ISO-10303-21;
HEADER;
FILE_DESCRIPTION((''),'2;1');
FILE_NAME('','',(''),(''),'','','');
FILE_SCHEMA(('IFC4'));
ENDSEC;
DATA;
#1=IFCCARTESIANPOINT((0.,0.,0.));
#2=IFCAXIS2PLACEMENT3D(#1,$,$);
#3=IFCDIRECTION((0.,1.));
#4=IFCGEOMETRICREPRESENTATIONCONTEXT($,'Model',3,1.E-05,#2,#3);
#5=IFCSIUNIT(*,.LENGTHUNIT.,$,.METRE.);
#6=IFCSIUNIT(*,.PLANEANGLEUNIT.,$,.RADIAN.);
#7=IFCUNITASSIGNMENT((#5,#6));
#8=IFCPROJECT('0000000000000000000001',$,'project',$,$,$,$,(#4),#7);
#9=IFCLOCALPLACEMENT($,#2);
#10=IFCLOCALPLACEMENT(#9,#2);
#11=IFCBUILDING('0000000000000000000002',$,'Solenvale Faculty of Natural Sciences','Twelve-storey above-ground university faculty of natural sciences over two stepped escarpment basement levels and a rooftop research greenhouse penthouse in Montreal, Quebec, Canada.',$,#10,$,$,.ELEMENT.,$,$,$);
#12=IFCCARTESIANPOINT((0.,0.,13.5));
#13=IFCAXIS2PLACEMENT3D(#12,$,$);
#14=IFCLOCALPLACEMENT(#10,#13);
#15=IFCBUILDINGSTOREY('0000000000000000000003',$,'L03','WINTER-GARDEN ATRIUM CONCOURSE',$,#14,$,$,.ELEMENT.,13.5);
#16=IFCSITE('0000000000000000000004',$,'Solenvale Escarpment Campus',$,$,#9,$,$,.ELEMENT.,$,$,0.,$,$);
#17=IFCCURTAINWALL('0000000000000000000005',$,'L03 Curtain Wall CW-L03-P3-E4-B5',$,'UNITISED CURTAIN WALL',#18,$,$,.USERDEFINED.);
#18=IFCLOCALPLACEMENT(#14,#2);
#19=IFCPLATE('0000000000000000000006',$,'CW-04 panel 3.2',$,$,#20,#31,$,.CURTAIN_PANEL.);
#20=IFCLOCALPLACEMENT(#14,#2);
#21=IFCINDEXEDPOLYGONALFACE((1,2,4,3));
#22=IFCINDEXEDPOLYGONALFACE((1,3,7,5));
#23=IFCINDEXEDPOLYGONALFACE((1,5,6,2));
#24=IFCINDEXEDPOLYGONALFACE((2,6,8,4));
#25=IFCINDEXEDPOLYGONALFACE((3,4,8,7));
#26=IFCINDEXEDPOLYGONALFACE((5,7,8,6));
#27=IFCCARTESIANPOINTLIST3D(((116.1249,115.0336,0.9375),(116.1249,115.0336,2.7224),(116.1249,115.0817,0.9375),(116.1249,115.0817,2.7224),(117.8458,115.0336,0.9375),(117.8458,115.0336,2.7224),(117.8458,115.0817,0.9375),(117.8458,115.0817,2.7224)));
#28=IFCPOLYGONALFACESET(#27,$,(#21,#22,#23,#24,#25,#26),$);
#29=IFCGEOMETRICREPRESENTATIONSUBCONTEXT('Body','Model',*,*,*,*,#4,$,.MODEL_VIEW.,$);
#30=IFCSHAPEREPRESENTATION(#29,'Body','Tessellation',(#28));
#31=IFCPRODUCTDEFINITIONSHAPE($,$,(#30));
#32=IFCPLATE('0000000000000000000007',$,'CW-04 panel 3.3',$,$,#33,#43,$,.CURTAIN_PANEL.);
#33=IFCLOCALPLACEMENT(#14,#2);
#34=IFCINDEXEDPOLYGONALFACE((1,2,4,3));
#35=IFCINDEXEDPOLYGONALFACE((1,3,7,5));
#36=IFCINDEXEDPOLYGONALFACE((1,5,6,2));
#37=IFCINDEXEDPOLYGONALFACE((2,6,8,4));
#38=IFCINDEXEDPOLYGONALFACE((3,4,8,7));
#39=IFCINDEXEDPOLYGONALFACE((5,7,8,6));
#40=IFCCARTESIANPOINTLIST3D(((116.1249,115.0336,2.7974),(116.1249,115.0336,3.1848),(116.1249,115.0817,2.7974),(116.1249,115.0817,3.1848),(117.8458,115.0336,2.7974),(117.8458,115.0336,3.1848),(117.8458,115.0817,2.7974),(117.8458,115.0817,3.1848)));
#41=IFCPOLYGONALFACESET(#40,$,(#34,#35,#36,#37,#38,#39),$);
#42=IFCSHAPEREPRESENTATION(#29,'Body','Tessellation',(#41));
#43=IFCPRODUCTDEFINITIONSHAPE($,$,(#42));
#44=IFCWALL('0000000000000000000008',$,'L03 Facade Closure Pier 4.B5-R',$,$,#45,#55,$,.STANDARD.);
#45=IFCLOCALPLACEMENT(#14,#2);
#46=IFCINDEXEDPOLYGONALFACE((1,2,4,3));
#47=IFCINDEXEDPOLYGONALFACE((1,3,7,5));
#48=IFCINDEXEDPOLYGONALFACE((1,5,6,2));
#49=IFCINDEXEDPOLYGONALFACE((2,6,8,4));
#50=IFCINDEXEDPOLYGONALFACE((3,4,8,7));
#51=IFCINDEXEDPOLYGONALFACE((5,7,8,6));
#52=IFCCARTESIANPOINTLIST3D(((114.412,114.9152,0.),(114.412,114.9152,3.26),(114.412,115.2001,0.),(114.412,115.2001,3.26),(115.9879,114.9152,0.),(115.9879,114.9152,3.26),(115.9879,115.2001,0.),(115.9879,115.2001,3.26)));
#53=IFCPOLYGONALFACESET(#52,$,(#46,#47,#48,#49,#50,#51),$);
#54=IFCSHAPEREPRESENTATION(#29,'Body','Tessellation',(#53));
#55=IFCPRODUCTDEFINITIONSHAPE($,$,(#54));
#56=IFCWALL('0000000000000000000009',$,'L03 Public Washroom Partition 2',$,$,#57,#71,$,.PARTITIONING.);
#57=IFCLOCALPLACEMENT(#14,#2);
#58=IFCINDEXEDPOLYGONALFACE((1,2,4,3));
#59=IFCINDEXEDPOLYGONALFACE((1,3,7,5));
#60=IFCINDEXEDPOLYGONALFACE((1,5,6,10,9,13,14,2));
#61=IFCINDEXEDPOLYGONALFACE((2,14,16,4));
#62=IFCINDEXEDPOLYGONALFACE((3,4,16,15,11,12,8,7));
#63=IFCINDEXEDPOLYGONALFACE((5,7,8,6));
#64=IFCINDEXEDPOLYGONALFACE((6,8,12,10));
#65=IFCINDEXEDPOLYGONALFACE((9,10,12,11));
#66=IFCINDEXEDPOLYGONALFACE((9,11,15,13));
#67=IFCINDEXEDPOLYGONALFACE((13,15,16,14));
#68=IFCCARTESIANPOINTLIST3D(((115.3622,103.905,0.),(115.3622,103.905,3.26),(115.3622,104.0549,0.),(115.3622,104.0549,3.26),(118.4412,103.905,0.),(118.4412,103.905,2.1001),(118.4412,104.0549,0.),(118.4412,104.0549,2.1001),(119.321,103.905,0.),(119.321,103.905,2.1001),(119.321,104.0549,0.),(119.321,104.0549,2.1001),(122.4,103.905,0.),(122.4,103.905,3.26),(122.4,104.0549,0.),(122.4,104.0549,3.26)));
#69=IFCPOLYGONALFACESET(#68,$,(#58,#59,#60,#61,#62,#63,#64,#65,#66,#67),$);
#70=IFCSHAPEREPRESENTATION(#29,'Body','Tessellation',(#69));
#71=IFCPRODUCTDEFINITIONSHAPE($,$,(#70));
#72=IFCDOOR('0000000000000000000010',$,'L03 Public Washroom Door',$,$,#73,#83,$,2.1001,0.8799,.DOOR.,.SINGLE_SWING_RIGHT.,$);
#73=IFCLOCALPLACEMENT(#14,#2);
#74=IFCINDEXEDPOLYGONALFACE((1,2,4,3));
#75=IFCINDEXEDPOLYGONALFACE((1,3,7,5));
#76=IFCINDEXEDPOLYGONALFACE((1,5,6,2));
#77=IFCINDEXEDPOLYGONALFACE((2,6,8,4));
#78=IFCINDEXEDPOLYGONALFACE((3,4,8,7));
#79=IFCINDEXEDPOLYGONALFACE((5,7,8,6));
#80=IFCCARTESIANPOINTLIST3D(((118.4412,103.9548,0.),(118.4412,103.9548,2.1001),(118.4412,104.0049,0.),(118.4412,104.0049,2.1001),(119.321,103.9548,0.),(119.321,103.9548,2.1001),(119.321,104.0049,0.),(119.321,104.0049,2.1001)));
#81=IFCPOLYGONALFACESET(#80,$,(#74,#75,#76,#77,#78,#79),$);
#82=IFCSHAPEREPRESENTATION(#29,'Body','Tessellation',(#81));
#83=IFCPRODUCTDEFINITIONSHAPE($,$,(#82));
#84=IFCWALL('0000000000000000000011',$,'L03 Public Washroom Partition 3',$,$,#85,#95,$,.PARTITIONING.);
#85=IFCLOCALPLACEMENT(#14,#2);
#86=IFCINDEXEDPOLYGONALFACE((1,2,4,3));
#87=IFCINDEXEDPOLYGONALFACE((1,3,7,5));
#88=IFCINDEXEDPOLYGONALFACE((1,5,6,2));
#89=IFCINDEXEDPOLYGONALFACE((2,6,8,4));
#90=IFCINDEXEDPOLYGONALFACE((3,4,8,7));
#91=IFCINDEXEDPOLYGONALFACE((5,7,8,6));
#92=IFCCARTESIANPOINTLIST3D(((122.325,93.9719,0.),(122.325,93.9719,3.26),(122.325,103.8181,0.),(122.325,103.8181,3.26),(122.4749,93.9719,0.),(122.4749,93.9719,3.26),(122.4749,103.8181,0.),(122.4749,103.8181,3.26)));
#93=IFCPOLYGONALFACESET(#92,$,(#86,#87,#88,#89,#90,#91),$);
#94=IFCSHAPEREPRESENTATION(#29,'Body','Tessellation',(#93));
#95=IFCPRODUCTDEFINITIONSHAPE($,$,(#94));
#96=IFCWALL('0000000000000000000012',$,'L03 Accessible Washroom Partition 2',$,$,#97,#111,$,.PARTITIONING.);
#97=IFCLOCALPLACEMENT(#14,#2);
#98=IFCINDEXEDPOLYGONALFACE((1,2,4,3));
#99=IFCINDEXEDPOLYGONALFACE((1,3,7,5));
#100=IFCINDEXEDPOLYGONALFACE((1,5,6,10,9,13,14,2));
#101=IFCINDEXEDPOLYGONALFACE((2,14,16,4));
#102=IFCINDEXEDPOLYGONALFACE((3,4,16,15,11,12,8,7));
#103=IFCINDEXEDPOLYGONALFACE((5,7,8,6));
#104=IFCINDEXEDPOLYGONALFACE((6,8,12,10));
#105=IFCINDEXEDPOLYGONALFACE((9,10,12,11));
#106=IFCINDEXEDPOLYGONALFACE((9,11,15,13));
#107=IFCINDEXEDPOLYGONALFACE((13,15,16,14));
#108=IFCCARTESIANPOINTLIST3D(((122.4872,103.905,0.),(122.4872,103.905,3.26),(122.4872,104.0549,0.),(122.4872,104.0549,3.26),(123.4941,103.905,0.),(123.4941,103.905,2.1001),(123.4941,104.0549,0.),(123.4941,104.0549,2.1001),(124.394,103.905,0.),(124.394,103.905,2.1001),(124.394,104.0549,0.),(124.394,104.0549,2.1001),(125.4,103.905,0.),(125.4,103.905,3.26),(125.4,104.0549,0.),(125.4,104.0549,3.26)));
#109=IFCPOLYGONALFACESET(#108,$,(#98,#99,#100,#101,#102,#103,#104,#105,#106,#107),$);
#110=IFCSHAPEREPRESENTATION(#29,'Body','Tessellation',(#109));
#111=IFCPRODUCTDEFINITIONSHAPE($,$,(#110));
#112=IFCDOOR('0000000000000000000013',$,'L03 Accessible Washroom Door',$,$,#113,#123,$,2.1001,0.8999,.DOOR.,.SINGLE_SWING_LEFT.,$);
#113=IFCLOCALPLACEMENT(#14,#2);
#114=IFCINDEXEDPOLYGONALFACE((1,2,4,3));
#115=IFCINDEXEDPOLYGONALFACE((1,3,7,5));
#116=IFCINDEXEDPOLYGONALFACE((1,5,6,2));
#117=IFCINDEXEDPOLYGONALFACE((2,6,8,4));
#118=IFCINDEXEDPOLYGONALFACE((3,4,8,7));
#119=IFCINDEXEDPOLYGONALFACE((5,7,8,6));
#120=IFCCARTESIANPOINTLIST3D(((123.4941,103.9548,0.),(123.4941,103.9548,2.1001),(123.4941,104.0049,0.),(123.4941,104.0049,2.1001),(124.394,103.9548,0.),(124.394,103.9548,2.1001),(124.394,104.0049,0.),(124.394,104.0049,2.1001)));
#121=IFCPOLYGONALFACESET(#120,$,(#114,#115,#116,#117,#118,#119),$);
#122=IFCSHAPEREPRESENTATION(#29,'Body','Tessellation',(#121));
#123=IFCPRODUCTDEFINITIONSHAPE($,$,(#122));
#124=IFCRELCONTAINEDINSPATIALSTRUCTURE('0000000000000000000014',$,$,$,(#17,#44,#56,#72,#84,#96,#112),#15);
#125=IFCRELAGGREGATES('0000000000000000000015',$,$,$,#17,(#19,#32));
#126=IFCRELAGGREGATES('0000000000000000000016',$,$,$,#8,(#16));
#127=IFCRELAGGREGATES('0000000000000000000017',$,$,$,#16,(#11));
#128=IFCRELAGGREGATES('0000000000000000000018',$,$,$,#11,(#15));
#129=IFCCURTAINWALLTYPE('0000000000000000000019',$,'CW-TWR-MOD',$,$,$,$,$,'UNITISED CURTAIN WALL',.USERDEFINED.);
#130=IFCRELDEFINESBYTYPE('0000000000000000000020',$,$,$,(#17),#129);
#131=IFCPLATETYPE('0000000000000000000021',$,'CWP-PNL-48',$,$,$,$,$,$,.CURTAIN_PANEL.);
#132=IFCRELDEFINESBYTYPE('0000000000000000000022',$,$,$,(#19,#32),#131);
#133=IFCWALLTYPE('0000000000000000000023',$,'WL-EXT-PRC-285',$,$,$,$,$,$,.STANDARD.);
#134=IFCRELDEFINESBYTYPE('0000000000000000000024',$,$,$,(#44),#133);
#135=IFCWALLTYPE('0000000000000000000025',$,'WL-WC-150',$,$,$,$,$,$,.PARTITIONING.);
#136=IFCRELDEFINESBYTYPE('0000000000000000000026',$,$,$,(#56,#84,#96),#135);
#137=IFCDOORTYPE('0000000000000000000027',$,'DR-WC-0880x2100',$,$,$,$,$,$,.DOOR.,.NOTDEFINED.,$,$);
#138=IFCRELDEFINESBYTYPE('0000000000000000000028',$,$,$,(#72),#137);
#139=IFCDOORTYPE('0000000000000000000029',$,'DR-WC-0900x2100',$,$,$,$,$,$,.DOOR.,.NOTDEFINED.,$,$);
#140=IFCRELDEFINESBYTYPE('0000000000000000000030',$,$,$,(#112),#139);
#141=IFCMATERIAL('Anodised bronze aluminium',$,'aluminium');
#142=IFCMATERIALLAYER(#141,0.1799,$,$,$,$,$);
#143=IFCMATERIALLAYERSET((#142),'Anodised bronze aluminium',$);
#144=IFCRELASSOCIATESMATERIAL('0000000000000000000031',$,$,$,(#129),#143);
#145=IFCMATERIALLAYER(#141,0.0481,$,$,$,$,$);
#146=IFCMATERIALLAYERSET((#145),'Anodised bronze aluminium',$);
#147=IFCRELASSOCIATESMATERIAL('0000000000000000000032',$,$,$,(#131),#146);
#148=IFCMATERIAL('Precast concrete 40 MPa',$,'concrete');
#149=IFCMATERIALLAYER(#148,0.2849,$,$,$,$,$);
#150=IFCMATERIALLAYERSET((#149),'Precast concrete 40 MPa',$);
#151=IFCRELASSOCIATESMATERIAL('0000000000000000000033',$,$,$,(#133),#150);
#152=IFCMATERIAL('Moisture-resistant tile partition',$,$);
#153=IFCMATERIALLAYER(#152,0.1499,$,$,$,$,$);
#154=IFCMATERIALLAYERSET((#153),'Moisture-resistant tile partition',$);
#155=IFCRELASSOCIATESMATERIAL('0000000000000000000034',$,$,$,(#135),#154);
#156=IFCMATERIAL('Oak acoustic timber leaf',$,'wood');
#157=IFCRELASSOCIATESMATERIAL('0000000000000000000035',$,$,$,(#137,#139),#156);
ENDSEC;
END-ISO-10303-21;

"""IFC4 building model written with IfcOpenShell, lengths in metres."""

from ifc_helpers import new_model, si_unit, direction, frame, frame_2d, origin, origin_2d, place, context, subcontext, project, spatial, rectangle, extrude, material, layer, layer_set, type_object, element, fill, aggregate, save


model = new_model("IFC4")

# Units and contexts
model_context = context("Model", 3, precision=1e-05, world=origin(), true_north=direction((0.0, 1.0)))
body_context = subcontext(model_context, "Body", "Model", "MODEL_VIEW")
ifc_project = project(units=[si_unit("LENGTHUNIT", "METRE"), si_unit("PLANEANGLEUNIT", "RADIAN")], contexts=[model_context])

# Site, building, storey
site_placement = place(None, origin())
site = spatial("IfcSite", under=ifc_project, at=site_placement, Name="Solenvale Escarpment Campus", CompositionType="ELEMENT", RefElevation=0.0)
building_placement = place(site_placement, origin())
building = spatial("IfcBuilding", under=site, at=building_placement, Name="Solenvale Faculty of Natural Sciences", Description="Twelve-storey above-ground university faculty of natural sciences over two stepped escarpment basement levels and a rooftop research greenhouse penthouse in Montreal, Quebec, Canada.", CompositionType="ELEMENT")
storey_placement = place(building_placement, frame((0.0, 0.0, 13.5)))
storey = spatial("IfcBuildingStorey", under=building, at=storey_placement, Name="L03", Description="WINTER-GARDEN ATRIUM CONCOURSE", CompositionType="ELEMENT", Elevation=13.5)

# Curtain wall
ifc_material_1 = material(Name="Anodised bronze aluminium", Category="aluminium")
ifc_layer_1 = layer(ifc_material_1, 0.1799)
ifc_layer_set_1 = layer_set([ifc_layer_1], Name="Anodised bronze aluminium")
curtain_wall_type = type_object("IfcCurtainWallType", Name="CW-TWR-MOD", ElementType="UNITISED CURTAIN WALL", PredefinedType="USERDEFINED", material=ifc_layer_set_1)
curtain_wall_1_placement = place(storey_placement, origin())
curtain_wall_1 = element("IfcCurtainWall", 1, at=curtain_wall_1_placement, inside=storey, type_object=curtain_wall_type, Name="L03 Curtain Wall CW-L03-P3-E4-B5", ObjectType="UNITISED CURTAIN WALL", PredefinedType="USERDEFINED")

# Plates
ifc_layer_2 = layer(ifc_material_1, 0.0481)
ifc_layer_set_2 = layer_set([ifc_layer_2], Name="Anodised bronze aluminium")
plate_type = type_object("IfcPlateType", Name="CWP-PNL-48", PredefinedType="CURTAIN_PANEL", material=ifc_layer_set_2)
plate_1_placement = place(storey_placement, frame((116.9854, 115.0576, 0.9375), z_axis=(0.0, 0.0, 1.0), x_axis=(-1.0, 0.0, 0.0)))
plate_1 = element("IfcPlate", 2, at=plate_1_placement, type_object=plate_type, Name="CW-04 panel 3.2", PredefinedType="CURTAIN_PANEL", context=body_context, shape_type="SweptSolid", body=[
    extrude(rectangle(XDim=1.7209, YDim=0.0481, at=origin_2d()), origin(), (0.0, 0.0, 1.0), 1.7849),
])
plate_2_placement = place(storey_placement, frame((116.9854, 115.0576, 2.7974), z_axis=(0.0, 0.0, 1.0), x_axis=(-1.0, 0.0, 0.0)))
plate_2 = element("IfcPlate", 3, at=plate_2_placement, type_object=plate_type, Name="CW-04 panel 3.3", PredefinedType="CURTAIN_PANEL", context=body_context, shape_type="SweptSolid", body=[
    extrude(rectangle(XDim=1.7209, YDim=0.0481, at=origin_2d()), origin(), (0.0, 0.0, 1.0), 0.3875),
])
aggregate(curtain_wall_1, [plate_1, plate_2])

# Wall
ifc_material_2 = material(Name="Precast concrete 40 MPa", Category="concrete")
ifc_layer_3 = layer(ifc_material_2, 0.2849)
ifc_layer_set_3 = layer_set([ifc_layer_3], Name="Precast concrete 40 MPa")
wall_type_1 = type_object("IfcWallType", Name="WL-EXT-PRC-285", PredefinedType="STANDARD", material=ifc_layer_set_3)
wall_1_placement = place(storey_placement, frame((115.988, 115.0576, 0.0), z_axis=(0.0, 0.0, 1.0), x_axis=(-1.0, 0.0, 0.0)))
element("IfcWall", 4, at=wall_1_placement, inside=storey, type_object=wall_type_1, Name="L03 Facade Closure Pier 4.B5-R", PredefinedType="STANDARD", context=body_context, shape_type="SweptSolid", body=[
    extrude(rectangle(XDim=1.5759, YDim=0.2849, at=frame_2d((0.7881, 0.0))), origin(), (0.0, 0.0, 1.0), 3.26),
])

# Wall, opening, door
ifc_material_3 = material(Name="Moisture-resistant tile partition")
ifc_layer_4 = layer(ifc_material_3, 0.1499)
ifc_layer_set_4 = layer_set([ifc_layer_4], Name="Moisture-resistant tile partition")
wall_type_2 = type_object("IfcWallType", Name="WL-WC-150", PredefinedType="PARTITIONING", material=ifc_layer_set_4)
wall_2_placement = place(storey_placement, frame((115.3621, 103.98, 0.0), z_axis=(0.0, 0.0, 1.0), x_axis=(1.0, 0.0, 0.0)))
wall_2 = element("IfcWall", 5, at=wall_2_placement, inside=storey, type_object=wall_type_2, Name="L03 Public Washroom Partition 2", PredefinedType="PARTITIONING", context=body_context, shape_type="SweptSolid", body=[
    extrude(rectangle(XDim=7.0378, YDim=0.1499, at=frame_2d((3.519, 0.0))), origin(), (0.0, 0.0, 1.0), 3.26),
])
opening_1_placement = place(wall_2_placement, frame((3.0791, 0.0, 0.0)))
opening_1 = element("IfcOpeningElement", 6, at=opening_1_placement, cuts=wall_2, PredefinedType="OPENING", context=body_context, shape_type="SweptSolid", body=[
    extrude(rectangle(XDim=0.8799, YDim=2.1001, at=frame_2d((0.4399, 1.05))), frame((0.0, 0.085, 0.0), z_axis=(0.0, -1.0, 0.0), x_axis=(1.0, 0.0, 0.0)), (0.0, 0.0, 1.0), 0.1699),
])
ifc_material_4 = material(Name="Oak acoustic timber leaf", Category="wood")
door_type_1 = type_object("IfcDoorType", Name="DR-WC-0880x2100", OperationType="NOTDEFINED", PredefinedType="DOOR", material=ifc_material_4)
door_1_placement = place(opening_1_placement, origin())
door_1 = element("IfcDoor", 7, at=door_1_placement, inside=storey, type_object=door_type_1, Name="L03 Public Washroom Door", OperationType="SINGLE_SWING_RIGHT", OverallHeight=2.1001, OverallWidth=0.8799, PredefinedType="DOOR", context=body_context, shape_type="SweptSolid", body=[
    extrude(rectangle(XDim=0.8799, YDim=2.1001, at=frame_2d((0.4399, 1.05))), frame((0.0, 0.0249, 0.0), z_axis=(0.0, -1.0, 0.0), x_axis=(1.0, 0.0, 0.0)), (0.0, 0.0, 1.0), 0.05),
])
fill(opening_1, door_1)

# Wall
wall_3_placement = place(storey_placement, frame((122.3999, 103.8181, 0.0), z_axis=(0.0, 0.0, 1.0), x_axis=(0.0, -1.0, 0.0)))
element("IfcWall", 8, at=wall_3_placement, inside=storey, type_object=wall_type_2, Name="L03 Public Washroom Partition 3", PredefinedType="PARTITIONING", context=body_context, shape_type="SweptSolid", body=[
    extrude(rectangle(XDim=9.8462, YDim=0.1499, at=frame_2d((4.9231, 0.0))), origin(), (0.0, 0.0, 1.0), 3.26),
])

# Wall, opening, door
wall_4_placement = place(storey_placement, frame((122.4871, 103.98, 0.0), z_axis=(0.0, 0.0, 1.0), x_axis=(1.0, 0.0, 0.0)))
wall_4 = element("IfcWall", 9, at=wall_4_placement, inside=storey, type_object=wall_type_2, Name="L03 Accessible Washroom Partition 2", PredefinedType="PARTITIONING", context=body_context, shape_type="SweptSolid", body=[
    extrude(rectangle(XDim=2.9128, YDim=0.1499, at=frame_2d((1.4565, 0.0))), origin(), (0.0, 0.0, 1.0), 3.26),
])
opening_2_placement = place(wall_4_placement, frame((1.0071, 0.0, 0.0)))
opening_2 = element("IfcOpeningElement", 10, at=opening_2_placement, cuts=wall_4, PredefinedType="OPENING", context=body_context, shape_type="SweptSolid", body=[
    extrude(rectangle(XDim=0.8999, YDim=2.1001, at=frame_2d((0.45, 1.05))), frame((0.0, 0.085, 0.0), z_axis=(0.0, -1.0, 0.0), x_axis=(1.0, 0.0, 0.0)), (0.0, 0.0, 1.0), 0.1699),
])
door_type_2 = type_object("IfcDoorType", Name="DR-WC-0900x2100", OperationType="NOTDEFINED", PredefinedType="DOOR", material=ifc_material_4)
door_2_placement = place(opening_2_placement, origin())
door_2 = element("IfcDoor", 11, at=door_2_placement, inside=storey, type_object=door_type_2, Name="L03 Accessible Washroom Door", OperationType="SINGLE_SWING_LEFT", OverallHeight=2.1001, OverallWidth=0.8999, PredefinedType="DOOR", context=body_context, shape_type="SweptSolid", body=[
    extrude(rectangle(XDim=0.8999, YDim=2.1001, at=frame_2d((0.45, 1.05))), frame((0.0, 0.0249, 0.0), z_axis=(0.0, -1.0, 0.0), x_axis=(1.0, 0.0, 0.0)), (0.0, 0.0, 1.0), 0.05),
])
fill(opening_2, door_2)

save(model, "model.ifc")
